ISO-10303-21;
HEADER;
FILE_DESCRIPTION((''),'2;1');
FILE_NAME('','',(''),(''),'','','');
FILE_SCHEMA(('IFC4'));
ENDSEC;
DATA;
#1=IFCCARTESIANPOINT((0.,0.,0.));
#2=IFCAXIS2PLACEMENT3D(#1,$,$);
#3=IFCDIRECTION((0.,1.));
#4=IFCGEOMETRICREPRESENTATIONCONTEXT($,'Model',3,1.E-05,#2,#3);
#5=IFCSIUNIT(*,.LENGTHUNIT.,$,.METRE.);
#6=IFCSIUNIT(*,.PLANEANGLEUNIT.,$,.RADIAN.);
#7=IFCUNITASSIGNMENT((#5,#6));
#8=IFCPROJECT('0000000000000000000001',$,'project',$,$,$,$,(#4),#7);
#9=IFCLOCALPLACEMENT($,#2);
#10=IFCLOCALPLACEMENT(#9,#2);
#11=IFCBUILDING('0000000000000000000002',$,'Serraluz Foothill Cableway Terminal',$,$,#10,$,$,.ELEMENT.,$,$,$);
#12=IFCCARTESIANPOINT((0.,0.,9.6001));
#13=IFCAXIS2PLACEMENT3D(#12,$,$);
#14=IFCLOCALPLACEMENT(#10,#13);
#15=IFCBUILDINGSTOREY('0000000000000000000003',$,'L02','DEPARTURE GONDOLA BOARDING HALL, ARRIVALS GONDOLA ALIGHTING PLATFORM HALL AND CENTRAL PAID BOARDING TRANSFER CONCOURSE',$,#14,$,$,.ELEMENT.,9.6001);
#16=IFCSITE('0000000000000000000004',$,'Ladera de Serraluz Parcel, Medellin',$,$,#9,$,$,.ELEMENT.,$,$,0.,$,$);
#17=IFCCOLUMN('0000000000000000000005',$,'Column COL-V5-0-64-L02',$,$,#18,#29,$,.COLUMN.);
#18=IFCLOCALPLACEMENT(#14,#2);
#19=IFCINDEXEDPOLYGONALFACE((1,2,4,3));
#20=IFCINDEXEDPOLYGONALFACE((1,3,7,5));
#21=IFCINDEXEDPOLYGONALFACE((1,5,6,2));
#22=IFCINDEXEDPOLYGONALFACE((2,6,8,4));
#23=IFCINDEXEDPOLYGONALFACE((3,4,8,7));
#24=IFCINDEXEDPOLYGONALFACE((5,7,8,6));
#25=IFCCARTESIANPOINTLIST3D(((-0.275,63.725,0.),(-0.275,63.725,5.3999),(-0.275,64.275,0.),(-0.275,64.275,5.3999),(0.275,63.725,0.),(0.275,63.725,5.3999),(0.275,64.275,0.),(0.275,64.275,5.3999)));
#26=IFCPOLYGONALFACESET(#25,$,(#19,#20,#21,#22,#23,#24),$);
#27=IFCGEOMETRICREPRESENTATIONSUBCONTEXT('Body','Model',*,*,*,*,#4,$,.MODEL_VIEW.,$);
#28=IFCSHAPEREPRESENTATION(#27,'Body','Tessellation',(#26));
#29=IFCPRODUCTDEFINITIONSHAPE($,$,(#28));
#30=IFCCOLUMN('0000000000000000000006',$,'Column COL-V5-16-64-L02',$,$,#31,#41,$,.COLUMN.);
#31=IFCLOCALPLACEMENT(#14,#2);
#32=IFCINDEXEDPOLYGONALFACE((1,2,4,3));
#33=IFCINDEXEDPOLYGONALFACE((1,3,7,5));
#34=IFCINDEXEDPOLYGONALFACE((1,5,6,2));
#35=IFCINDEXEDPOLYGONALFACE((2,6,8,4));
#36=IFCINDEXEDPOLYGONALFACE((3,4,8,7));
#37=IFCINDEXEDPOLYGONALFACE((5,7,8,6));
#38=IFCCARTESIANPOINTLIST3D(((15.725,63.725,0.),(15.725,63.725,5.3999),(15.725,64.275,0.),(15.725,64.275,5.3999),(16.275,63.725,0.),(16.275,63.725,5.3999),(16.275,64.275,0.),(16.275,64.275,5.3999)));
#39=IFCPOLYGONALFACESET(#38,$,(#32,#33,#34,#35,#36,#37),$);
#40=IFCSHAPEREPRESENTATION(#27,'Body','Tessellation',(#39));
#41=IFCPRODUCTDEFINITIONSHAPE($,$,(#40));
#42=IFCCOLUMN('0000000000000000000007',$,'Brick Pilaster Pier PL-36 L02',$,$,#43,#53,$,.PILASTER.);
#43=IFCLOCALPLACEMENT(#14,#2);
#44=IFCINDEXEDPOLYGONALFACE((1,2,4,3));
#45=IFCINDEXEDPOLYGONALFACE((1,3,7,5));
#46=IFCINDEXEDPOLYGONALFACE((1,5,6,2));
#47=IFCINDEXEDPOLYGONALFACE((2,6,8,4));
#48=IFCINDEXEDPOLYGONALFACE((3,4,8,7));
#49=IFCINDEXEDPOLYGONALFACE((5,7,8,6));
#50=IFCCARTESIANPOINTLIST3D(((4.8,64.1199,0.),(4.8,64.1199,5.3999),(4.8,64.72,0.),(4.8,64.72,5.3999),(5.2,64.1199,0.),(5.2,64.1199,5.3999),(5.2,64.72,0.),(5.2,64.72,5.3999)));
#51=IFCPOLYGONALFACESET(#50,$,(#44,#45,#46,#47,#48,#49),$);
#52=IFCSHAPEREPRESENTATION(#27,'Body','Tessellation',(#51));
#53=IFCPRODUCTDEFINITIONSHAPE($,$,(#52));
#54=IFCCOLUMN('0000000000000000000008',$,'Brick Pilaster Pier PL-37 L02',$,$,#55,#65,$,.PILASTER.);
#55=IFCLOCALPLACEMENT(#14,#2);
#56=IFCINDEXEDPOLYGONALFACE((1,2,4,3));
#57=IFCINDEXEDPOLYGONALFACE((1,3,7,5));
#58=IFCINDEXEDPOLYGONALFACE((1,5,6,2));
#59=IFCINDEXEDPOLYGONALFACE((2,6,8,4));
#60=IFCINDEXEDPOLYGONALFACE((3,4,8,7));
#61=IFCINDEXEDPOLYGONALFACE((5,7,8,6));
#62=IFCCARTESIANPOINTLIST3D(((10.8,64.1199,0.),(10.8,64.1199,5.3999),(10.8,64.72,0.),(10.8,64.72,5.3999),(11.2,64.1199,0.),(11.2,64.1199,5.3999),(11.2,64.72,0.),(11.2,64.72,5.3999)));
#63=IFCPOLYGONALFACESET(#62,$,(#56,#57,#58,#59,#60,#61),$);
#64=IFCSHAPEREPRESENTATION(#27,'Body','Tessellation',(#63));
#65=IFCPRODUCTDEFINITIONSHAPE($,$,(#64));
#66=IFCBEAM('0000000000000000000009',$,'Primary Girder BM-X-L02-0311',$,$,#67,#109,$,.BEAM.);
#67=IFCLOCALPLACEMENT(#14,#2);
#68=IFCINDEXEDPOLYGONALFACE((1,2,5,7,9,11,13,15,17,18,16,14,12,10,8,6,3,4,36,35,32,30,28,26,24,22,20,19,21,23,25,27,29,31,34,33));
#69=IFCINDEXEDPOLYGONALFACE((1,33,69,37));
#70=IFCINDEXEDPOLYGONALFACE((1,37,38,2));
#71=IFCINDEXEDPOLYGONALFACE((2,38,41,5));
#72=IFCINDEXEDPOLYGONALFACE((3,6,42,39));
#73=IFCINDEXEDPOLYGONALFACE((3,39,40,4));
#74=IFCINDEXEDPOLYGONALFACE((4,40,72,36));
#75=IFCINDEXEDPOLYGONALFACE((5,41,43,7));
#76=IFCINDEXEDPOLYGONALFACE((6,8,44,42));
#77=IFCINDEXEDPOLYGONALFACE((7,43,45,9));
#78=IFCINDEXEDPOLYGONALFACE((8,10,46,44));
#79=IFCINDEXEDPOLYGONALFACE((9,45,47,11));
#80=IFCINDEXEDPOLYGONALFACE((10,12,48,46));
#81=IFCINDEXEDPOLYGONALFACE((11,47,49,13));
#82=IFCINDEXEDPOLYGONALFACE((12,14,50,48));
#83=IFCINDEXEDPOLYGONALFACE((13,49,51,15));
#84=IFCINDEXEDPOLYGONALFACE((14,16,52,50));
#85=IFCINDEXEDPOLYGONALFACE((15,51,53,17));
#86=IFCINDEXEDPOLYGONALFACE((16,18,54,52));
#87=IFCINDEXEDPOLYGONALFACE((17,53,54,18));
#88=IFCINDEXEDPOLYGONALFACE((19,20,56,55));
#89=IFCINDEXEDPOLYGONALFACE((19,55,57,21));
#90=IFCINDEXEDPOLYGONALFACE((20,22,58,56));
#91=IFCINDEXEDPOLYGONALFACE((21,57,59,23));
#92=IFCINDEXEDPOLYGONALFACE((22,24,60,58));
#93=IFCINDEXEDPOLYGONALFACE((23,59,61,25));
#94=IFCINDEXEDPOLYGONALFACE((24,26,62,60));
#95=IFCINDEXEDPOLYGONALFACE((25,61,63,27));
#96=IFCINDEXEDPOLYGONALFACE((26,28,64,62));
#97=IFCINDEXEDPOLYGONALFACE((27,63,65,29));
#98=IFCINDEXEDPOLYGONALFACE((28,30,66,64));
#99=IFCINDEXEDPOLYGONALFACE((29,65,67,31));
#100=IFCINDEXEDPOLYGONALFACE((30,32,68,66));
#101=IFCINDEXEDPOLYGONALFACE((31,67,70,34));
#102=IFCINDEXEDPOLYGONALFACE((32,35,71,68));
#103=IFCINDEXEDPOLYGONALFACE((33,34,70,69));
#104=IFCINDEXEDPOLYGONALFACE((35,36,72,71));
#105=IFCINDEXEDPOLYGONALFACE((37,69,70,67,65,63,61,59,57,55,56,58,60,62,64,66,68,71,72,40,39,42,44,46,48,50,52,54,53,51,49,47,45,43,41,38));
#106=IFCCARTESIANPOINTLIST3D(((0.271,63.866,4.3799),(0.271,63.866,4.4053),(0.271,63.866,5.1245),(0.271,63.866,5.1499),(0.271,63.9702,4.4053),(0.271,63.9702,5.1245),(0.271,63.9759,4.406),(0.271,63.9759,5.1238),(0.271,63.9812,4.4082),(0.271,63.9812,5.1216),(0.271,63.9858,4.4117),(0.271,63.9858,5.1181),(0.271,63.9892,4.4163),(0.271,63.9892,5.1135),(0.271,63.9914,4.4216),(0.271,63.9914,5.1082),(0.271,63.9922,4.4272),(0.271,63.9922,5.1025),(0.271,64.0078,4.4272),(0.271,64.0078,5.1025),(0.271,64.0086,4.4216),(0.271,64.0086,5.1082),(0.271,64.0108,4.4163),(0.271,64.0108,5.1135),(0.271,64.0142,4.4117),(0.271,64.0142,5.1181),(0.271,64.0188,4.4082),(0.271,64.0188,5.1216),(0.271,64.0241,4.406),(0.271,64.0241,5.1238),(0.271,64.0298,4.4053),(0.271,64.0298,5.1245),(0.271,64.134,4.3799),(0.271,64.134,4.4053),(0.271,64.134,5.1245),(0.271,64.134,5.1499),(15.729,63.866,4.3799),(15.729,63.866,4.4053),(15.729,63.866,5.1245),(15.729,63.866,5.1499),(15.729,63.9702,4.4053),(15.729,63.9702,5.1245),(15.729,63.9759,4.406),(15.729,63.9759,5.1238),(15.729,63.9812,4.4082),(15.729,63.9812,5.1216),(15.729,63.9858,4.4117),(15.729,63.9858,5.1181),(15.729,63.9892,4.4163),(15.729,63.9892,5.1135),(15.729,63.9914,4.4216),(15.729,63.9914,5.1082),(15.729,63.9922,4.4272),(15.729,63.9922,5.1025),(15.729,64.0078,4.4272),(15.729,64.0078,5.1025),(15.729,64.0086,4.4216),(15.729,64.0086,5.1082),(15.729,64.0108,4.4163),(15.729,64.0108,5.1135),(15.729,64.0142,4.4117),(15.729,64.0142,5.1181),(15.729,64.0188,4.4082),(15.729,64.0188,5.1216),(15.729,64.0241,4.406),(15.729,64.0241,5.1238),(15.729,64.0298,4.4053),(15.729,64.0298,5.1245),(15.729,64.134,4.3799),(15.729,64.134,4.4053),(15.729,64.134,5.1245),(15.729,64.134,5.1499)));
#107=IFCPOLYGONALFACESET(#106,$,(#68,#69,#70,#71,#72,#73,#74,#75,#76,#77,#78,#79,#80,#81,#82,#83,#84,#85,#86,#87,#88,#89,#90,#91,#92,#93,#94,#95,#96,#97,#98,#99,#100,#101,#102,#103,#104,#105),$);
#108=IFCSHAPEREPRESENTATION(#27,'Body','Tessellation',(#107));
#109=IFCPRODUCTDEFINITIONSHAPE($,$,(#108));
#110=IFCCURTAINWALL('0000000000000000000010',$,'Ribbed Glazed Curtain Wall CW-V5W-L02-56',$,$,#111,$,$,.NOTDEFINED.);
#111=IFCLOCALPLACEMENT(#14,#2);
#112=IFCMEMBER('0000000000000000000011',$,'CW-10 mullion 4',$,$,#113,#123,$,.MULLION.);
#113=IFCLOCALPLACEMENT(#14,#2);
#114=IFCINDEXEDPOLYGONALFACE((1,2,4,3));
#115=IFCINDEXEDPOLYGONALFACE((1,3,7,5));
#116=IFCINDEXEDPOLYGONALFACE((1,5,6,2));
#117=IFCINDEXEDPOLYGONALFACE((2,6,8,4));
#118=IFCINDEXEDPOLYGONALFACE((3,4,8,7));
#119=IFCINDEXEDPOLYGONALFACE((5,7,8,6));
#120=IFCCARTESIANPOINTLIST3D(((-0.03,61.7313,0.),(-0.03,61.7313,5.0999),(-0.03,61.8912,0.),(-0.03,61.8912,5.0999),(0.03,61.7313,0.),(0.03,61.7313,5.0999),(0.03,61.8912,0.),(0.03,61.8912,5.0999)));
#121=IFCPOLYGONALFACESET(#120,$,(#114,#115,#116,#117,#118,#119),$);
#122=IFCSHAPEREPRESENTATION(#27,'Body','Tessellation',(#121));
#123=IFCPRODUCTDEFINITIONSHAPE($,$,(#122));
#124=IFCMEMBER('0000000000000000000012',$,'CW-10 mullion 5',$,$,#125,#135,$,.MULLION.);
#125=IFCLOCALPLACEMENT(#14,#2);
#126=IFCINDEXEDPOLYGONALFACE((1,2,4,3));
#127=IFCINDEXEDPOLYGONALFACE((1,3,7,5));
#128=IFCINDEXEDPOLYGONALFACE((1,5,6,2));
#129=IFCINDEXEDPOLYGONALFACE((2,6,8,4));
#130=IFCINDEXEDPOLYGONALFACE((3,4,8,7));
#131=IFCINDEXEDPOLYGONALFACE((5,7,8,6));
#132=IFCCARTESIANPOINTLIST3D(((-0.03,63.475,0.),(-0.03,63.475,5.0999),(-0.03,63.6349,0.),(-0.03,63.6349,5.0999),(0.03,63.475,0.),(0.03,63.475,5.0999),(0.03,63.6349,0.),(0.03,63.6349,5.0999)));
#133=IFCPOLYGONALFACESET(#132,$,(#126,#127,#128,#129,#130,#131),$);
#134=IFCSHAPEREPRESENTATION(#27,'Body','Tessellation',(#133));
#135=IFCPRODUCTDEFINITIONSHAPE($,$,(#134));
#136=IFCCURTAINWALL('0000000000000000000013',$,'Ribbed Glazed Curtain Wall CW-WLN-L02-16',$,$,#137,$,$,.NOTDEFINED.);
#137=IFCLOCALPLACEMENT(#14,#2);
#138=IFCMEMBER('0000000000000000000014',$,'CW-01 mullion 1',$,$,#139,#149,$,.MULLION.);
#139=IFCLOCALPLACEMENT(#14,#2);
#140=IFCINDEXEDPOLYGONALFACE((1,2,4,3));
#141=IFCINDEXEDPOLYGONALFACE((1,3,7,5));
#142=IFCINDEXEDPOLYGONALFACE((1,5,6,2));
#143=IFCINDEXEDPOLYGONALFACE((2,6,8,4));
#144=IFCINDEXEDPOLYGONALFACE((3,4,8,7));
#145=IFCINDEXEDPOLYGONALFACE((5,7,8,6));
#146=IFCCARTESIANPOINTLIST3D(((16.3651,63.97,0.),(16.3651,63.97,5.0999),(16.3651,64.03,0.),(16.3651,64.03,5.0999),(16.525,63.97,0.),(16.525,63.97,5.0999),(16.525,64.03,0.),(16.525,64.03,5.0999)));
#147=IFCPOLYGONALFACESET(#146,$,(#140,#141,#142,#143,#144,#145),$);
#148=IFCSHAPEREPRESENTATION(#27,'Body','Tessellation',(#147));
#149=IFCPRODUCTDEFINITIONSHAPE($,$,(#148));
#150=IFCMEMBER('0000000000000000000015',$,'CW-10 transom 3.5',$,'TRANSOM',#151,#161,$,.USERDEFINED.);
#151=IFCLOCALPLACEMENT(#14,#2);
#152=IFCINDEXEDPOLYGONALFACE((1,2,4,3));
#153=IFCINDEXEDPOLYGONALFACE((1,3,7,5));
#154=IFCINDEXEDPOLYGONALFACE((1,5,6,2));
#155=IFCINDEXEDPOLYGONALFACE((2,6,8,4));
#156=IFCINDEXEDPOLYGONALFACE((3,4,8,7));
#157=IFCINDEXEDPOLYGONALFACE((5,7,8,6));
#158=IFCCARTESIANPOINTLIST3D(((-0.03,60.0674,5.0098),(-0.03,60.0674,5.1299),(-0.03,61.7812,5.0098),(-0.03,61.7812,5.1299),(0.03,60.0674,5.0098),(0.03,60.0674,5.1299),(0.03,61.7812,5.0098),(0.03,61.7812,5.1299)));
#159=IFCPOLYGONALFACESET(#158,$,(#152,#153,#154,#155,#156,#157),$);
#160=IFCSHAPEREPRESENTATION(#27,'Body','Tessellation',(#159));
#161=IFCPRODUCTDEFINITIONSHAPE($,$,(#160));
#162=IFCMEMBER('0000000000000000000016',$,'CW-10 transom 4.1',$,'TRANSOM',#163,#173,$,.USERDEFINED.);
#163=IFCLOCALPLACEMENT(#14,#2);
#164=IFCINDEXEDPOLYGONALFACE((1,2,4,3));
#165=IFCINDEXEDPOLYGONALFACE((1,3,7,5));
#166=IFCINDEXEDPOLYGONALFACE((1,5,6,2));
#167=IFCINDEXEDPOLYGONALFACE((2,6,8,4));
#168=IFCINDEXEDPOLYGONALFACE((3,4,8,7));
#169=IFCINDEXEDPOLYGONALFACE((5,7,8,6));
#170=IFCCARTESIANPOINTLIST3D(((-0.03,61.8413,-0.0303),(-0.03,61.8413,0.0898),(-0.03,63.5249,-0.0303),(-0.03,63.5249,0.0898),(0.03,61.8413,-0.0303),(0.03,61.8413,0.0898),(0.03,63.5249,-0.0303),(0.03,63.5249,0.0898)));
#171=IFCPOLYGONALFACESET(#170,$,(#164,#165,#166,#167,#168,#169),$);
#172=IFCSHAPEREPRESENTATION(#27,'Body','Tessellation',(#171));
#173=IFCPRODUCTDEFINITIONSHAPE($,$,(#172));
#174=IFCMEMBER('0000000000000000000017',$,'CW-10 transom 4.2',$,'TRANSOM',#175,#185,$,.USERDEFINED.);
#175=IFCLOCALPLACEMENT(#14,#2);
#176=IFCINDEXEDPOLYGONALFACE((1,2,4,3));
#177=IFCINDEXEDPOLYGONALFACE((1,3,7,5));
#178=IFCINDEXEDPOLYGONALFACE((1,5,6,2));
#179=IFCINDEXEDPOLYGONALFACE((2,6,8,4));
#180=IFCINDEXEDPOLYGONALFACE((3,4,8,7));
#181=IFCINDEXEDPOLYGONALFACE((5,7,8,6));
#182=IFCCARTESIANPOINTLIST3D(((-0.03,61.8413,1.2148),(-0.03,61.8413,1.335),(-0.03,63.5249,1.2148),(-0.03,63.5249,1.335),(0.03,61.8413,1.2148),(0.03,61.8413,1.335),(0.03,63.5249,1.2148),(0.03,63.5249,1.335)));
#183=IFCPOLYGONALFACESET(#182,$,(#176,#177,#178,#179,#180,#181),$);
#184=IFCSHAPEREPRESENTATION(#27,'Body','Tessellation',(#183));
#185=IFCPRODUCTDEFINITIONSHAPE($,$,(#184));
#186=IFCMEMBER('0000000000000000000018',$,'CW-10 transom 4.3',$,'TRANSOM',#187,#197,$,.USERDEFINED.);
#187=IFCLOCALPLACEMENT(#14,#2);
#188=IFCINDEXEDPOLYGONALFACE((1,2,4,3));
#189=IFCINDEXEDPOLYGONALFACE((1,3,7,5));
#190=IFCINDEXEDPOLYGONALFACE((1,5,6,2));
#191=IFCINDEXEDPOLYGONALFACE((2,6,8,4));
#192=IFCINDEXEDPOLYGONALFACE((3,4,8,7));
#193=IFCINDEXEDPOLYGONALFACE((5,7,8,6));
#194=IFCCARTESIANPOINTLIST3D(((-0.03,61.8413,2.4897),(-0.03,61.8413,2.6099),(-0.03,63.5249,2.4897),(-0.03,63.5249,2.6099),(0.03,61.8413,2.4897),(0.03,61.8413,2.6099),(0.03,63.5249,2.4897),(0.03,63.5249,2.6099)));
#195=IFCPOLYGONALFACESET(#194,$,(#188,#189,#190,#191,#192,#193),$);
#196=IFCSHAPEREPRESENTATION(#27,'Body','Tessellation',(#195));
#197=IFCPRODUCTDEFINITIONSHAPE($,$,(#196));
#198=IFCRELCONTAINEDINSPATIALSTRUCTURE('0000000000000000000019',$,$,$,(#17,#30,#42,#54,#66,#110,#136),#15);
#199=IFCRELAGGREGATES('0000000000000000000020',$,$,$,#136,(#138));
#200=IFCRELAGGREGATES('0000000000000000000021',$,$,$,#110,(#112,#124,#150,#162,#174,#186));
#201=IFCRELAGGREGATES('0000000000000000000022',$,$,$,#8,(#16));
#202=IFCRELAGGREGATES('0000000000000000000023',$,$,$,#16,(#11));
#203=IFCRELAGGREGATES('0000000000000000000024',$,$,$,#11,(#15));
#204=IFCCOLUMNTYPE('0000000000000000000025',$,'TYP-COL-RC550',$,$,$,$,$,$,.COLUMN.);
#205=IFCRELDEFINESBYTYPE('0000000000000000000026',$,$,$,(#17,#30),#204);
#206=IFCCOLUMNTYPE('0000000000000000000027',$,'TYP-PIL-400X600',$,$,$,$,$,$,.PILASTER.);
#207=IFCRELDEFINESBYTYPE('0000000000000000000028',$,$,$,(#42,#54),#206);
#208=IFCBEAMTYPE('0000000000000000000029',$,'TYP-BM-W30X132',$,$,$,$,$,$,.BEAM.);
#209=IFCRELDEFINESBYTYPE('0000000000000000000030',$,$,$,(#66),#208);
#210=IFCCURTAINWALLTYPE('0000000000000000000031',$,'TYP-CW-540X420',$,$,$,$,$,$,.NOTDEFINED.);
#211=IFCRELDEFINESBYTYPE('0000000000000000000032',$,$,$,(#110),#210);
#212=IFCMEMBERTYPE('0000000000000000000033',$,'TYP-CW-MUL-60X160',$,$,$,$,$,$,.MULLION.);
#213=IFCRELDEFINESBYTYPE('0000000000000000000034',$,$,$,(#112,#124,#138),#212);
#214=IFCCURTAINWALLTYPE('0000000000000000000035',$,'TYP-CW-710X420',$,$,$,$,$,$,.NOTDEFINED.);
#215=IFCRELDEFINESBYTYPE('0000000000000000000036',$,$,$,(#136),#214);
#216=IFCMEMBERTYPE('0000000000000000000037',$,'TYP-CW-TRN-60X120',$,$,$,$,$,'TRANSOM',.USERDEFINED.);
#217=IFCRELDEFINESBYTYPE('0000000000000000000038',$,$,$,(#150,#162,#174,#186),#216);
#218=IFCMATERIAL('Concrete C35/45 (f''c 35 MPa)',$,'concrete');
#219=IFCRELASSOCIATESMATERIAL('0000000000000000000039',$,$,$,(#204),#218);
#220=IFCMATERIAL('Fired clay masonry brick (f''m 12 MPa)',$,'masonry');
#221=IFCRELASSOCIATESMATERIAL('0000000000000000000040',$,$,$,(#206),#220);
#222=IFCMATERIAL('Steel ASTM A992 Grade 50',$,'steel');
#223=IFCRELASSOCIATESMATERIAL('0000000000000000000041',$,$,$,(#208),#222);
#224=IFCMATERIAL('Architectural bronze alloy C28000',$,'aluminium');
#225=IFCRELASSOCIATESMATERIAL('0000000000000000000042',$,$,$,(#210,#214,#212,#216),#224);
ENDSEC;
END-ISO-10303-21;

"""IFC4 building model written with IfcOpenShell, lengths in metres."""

from ifc_helpers import new_model, si_unit, direction, frame, origin, origin_2d, place, context, subcontext, project, spatial, rectangle, i_section, extrude, material, material_profile, profile_set, type_object, element, aggregate, save


model = new_model("IFC4")

# Units and contexts
model_context = context("Model", 3, precision=1e-05, world=origin(), true_north=direction((0.0, 1.0)))
body_context = subcontext(model_context, "Body", "Model", "MODEL_VIEW")
ifc_project = project(units=[si_unit("LENGTHUNIT", "METRE"), si_unit("PLANEANGLEUNIT", "RADIAN")], contexts=[model_context])

# Site, building, storey
site_placement = place(None, origin())
site = spatial("IfcSite", under=ifc_project, at=site_placement, Name="Ladera de Serraluz Parcel, Medellin", CompositionType="ELEMENT", RefElevation=0.0)
building_placement = place(site_placement, origin())
building = spatial("IfcBuilding", under=site, at=building_placement, Name="Serraluz Foothill Cableway Terminal", CompositionType="ELEMENT")
storey_placement = place(building_placement, frame((0.0, 0.0, 9.6001)))
storey = spatial("IfcBuildingStorey", under=building, at=storey_placement, Name="L02", Description="DEPARTURE GONDOLA BOARDING HALL, ARRIVALS GONDOLA ALIGHTING PLATFORM HALL AND CENTRAL PAID BOARDING TRANSFER CONCOURSE", CompositionType="ELEMENT", Elevation=9.6001)

# Columns
ifc_material_1 = material(Name="Concrete C35/45 (f'c 35 MPa)", Category="concrete")
ifc_material_profile_1 = material_profile(ifc_material_1, rectangle(XDim=0.55, YDim=0.55, at=origin_2d()), Name="RC 550x550")
ifc_profile_set_1 = profile_set([ifc_material_profile_1], Name="Concrete C35/45 (f'c 35 MPa)")
column_type_1 = type_object("IfcColumnType", Name="TYP-COL-RC550", PredefinedType="COLUMN", material=ifc_profile_set_1)
for number, where, z_axis, x_axis, name in (
    (1, (0.0, 64.0, 0.0), (0.0, 0.0, 1.0), (1.0, 0.0, 0.0), "Column COL-V5-0-64-L02"),
    (2, (16.0, 64.0, 0.0), (0.0, 0.0, 1.0), (1.0, 0.0, 0.0), "Column COL-V5-16-64-L02"),
):
    element("IfcColumn", number, at=place(storey_placement, frame(where, z_axis=z_axis, x_axis=x_axis)), inside=storey, type_object=column_type_1, Name=name, PredefinedType="COLUMN", context=body_context, shape_type="SweptSolid", body=[
        extrude(rectangle(XDim=0.55, YDim=0.55, at=origin_2d()), origin(), (0.0, 0.0, 1.0), 5.3999),
    ])
ifc_material_2 = material(Name="Fired clay masonry brick (f'm 12 MPa)", Category="masonry")
ifc_material_profile_2 = material_profile(ifc_material_2, rectangle(XDim=0.3999, YDim=0.6001, at=origin_2d()), Name="PIL 400x600")
ifc_profile_set_2 = profile_set([ifc_material_profile_2], Name="Fired clay masonry brick (f'm 12 MPa)")
column_type_2 = type_object("IfcColumnType", Name="TYP-PIL-400X600", PredefinedType="PILASTER", material=ifc_profile_set_2)
for number, where, z_axis, x_axis, name in (
    (3, (5.0, 64.4199, 0.0), (0.0, 0.0, 1.0), (1.0, 0.0, 0.0), "Brick Pilaster Pier PL-36 L02"),
    (4, (11.0, 64.4199, 0.0), (0.0, 0.0, 1.0), (1.0, 0.0, 0.0), "Brick Pilaster Pier PL-37 L02"),
):
    element("IfcColumn", number, at=place(storey_placement, frame(where, z_axis=z_axis, x_axis=x_axis)), inside=storey, type_object=column_type_2, Name=name, PredefinedType="PILASTER", context=body_context, shape_type="SweptSolid", body=[
        extrude(rectangle(XDim=0.3999, YDim=0.6001, at=origin_2d()), origin(), (0.0, 0.0, 1.0), 5.3999),
    ])

# Beam
ifc_material_3 = material(Name="Steel ASTM A992 Grade 50", Category="steel")
ifc_material_profile_3 = material_profile(ifc_material_3, i_section(OverallWidth=0.2681, OverallDepth=0.77, WebThickness=0.0156, FlangeThickness=0.0254, FilletRadius=0.022, at=origin_2d()), Name="W30X132")
ifc_profile_set_3 = profile_set([ifc_material_profile_3], Name="Steel ASTM A992 Grade 50")
beam_type = type_object("IfcBeamType", Name="TYP-BM-W30X132", PredefinedType="BEAM", material=ifc_profile_set_3)
beam_placement = place(storey_placement, frame((0.271, 64.0, 4.7649), z_axis=(1.0, 0.0, 0.0), x_axis=(0.0, 1.0, 0.0)))
element("IfcBeam", 5, at=beam_placement, inside=storey, type_object=beam_type, Name="Primary Girder BM-X-L02-0311", PredefinedType="BEAM", context=body_context, shape_type="SweptSolid", body=[
    extrude(i_section(OverallWidth=0.2681, OverallDepth=0.77, WebThickness=0.0156, FlangeThickness=0.0254, FilletRadius=0.022, at=origin_2d()), origin(), (0.0, 0.0, 1.0), 15.458),
])

# Curtain wall, members
ifc_material_4 = material(Name="Architectural bronze alloy C28000", Category="aluminium")
curtain_wall_type_1 = type_object("IfcCurtainWallType", Name="TYP-CW-540X420", PredefinedType="NOTDEFINED", material=ifc_material_4)
curtain_wall_1_placement = place(storey_placement, origin())
curtain_wall_1 = element("IfcCurtainWall", 6, at=curtain_wall_1_placement, inside=storey, type_object=curtain_wall_type_1, Name="Ribbed Glazed Curtain Wall CW-V5W-L02-56", PredefinedType="NOTDEFINED")
ifc_material_profile_4 = material_profile(ifc_material_4, rectangle(XDim=0.0601, YDim=0.1599, at=origin_2d()), Name="ALU MULLION 60x160")
ifc_profile_set_4 = profile_set([ifc_material_profile_4], Name="Architectural bronze alloy C28000")
member_type_1 = type_object("IfcMemberType", Name="TYP-CW-MUL-60X160", PredefinedType="MULLION", material=ifc_profile_set_4)
member_1_placement = place(storey_placement, frame((0.0, 61.8113, 0.0), z_axis=(0.0, 0.0, 1.0), x_axis=(-1.0, 0.0, 0.0)))
member_1 = element("IfcMember", 7, at=member_1_placement, type_object=member_type_1, Name="CW-10 mullion 4", PredefinedType="MULLION", context=body_context, shape_type="SweptSolid", body=[
    extrude(rectangle(XDim=0.0601, YDim=0.1599, at=origin_2d()), origin(), (0.0, 0.0, 1.0), 5.0999),
])
member_2_placement = place(storey_placement, frame((0.0, 63.5549, 0.0), z_axis=(0.0, 0.0, 1.0), x_axis=(-1.0, 0.0, 0.0)))
member_2 = element("IfcMember", 8, at=member_2_placement, type_object=member_type_1, Name="CW-10 mullion 5", PredefinedType="MULLION", context=body_context, shape_type="SweptSolid", body=[
    extrude(rectangle(XDim=0.0601, YDim=0.1599, at=origin_2d()), origin(), (0.0, 0.0, 1.0), 5.0999),
])

# Curtain wall, member
curtain_wall_type_2 = type_object("IfcCurtainWallType", Name="TYP-CW-710X420", PredefinedType="NOTDEFINED", material=ifc_material_4)
curtain_wall_2_placement = place(storey_placement, origin())
curtain_wall_2 = element("IfcCurtainWall", 9, at=curtain_wall_2_placement, inside=storey, type_object=curtain_wall_type_2, Name="Ribbed Glazed Curtain Wall CW-WLN-L02-16", PredefinedType="NOTDEFINED")
member_3_placement = place(storey_placement, frame((16.4451, 64.0, 0.0), z_axis=(0.0, 0.0, 1.0), x_axis=(0.0, 1.0, 0.0)))
member_3 = element("IfcMember", 10, at=member_3_placement, type_object=member_type_1, Name="CW-01 mullion 1", PredefinedType="MULLION", context=body_context, shape_type="SweptSolid", body=[
    extrude(rectangle(XDim=0.0601, YDim=0.1599, at=origin_2d()), origin(), (0.0, 0.0, 1.0), 5.0999),
])

# Members
ifc_material_profile_5 = material_profile(ifc_material_4, rectangle(XDim=0.0601, YDim=0.1201, at=origin_2d()), Name="ALU TRANSOM 60x120")
ifc_profile_set_5 = profile_set([ifc_material_profile_5], Name="Architectural bronze alloy C28000")
member_type_2 = type_object("IfcMemberType", Name="TYP-CW-TRN-60X120", ElementType="TRANSOM", PredefinedType="USERDEFINED", material=ifc_profile_set_5)
member_4_placement = place(storey_placement, frame((0.0, 60.0674, 5.0698), z_axis=(0.0, 1.0, 0.0), x_axis=(-1.0, 0.0, 0.0)))
member_4 = element("IfcMember", 11, at=member_4_placement, type_object=member_type_2, Name="CW-10 transom 3.5", ObjectType="TRANSOM", PredefinedType="USERDEFINED", context=body_context, shape_type="SweptSolid", body=[
    extrude(rectangle(XDim=0.0601, YDim=0.1201, at=origin_2d()), origin(), (0.0, 0.0, 1.0), 1.7139),
])
member_5_placement = place(storey_placement, frame((0.0, 61.8413, 0.0298), z_axis=(0.0, 1.0, 0.0), x_axis=(-1.0, 0.0, 0.0)))
member_5 = element("IfcMember", 12, at=member_5_placement, type_object=member_type_2, Name="CW-10 transom 4.1", ObjectType="TRANSOM", PredefinedType="USERDEFINED", context=body_context, shape_type="SweptSolid", body=[
    extrude(rectangle(XDim=0.0601, YDim=0.1201, at=origin_2d()), origin(), (0.0, 0.0, 1.0), 1.6836),
])
member_6_placement = place(storey_placement, frame((0.0, 61.8413, 1.2749), z_axis=(0.0, 1.0, 0.0), x_axis=(-1.0, 0.0, 0.0)))
member_6 = element("IfcMember", 13, at=member_6_placement, type_object=member_type_2, Name="CW-10 transom 4.2", ObjectType="TRANSOM", PredefinedType="USERDEFINED", context=body_context, shape_type="SweptSolid", body=[
    extrude(rectangle(XDim=0.0601, YDim=0.1201, at=origin_2d()), origin(), (0.0, 0.0, 1.0), 1.6836),
])
member_7_placement = place(storey_placement, frame((0.0, 61.8413, 2.5498), z_axis=(0.0, 1.0, 0.0), x_axis=(-1.0, 0.0, 0.0)))
member_7 = element("IfcMember", 14, at=member_7_placement, type_object=member_type_2, Name="CW-10 transom 4.3", ObjectType="TRANSOM", PredefinedType="USERDEFINED", context=body_context, shape_type="SweptSolid", body=[
    extrude(rectangle(XDim=0.0601, YDim=0.1201, at=origin_2d()), origin(), (0.0, 0.0, 1.0), 1.6836),
])
aggregate(curtain_wall_2, [member_3])

aggregate(curtain_wall_1, [member_1, member_2, member_4, member_5, member_6, member_7])

save(model, "model.ifc")
